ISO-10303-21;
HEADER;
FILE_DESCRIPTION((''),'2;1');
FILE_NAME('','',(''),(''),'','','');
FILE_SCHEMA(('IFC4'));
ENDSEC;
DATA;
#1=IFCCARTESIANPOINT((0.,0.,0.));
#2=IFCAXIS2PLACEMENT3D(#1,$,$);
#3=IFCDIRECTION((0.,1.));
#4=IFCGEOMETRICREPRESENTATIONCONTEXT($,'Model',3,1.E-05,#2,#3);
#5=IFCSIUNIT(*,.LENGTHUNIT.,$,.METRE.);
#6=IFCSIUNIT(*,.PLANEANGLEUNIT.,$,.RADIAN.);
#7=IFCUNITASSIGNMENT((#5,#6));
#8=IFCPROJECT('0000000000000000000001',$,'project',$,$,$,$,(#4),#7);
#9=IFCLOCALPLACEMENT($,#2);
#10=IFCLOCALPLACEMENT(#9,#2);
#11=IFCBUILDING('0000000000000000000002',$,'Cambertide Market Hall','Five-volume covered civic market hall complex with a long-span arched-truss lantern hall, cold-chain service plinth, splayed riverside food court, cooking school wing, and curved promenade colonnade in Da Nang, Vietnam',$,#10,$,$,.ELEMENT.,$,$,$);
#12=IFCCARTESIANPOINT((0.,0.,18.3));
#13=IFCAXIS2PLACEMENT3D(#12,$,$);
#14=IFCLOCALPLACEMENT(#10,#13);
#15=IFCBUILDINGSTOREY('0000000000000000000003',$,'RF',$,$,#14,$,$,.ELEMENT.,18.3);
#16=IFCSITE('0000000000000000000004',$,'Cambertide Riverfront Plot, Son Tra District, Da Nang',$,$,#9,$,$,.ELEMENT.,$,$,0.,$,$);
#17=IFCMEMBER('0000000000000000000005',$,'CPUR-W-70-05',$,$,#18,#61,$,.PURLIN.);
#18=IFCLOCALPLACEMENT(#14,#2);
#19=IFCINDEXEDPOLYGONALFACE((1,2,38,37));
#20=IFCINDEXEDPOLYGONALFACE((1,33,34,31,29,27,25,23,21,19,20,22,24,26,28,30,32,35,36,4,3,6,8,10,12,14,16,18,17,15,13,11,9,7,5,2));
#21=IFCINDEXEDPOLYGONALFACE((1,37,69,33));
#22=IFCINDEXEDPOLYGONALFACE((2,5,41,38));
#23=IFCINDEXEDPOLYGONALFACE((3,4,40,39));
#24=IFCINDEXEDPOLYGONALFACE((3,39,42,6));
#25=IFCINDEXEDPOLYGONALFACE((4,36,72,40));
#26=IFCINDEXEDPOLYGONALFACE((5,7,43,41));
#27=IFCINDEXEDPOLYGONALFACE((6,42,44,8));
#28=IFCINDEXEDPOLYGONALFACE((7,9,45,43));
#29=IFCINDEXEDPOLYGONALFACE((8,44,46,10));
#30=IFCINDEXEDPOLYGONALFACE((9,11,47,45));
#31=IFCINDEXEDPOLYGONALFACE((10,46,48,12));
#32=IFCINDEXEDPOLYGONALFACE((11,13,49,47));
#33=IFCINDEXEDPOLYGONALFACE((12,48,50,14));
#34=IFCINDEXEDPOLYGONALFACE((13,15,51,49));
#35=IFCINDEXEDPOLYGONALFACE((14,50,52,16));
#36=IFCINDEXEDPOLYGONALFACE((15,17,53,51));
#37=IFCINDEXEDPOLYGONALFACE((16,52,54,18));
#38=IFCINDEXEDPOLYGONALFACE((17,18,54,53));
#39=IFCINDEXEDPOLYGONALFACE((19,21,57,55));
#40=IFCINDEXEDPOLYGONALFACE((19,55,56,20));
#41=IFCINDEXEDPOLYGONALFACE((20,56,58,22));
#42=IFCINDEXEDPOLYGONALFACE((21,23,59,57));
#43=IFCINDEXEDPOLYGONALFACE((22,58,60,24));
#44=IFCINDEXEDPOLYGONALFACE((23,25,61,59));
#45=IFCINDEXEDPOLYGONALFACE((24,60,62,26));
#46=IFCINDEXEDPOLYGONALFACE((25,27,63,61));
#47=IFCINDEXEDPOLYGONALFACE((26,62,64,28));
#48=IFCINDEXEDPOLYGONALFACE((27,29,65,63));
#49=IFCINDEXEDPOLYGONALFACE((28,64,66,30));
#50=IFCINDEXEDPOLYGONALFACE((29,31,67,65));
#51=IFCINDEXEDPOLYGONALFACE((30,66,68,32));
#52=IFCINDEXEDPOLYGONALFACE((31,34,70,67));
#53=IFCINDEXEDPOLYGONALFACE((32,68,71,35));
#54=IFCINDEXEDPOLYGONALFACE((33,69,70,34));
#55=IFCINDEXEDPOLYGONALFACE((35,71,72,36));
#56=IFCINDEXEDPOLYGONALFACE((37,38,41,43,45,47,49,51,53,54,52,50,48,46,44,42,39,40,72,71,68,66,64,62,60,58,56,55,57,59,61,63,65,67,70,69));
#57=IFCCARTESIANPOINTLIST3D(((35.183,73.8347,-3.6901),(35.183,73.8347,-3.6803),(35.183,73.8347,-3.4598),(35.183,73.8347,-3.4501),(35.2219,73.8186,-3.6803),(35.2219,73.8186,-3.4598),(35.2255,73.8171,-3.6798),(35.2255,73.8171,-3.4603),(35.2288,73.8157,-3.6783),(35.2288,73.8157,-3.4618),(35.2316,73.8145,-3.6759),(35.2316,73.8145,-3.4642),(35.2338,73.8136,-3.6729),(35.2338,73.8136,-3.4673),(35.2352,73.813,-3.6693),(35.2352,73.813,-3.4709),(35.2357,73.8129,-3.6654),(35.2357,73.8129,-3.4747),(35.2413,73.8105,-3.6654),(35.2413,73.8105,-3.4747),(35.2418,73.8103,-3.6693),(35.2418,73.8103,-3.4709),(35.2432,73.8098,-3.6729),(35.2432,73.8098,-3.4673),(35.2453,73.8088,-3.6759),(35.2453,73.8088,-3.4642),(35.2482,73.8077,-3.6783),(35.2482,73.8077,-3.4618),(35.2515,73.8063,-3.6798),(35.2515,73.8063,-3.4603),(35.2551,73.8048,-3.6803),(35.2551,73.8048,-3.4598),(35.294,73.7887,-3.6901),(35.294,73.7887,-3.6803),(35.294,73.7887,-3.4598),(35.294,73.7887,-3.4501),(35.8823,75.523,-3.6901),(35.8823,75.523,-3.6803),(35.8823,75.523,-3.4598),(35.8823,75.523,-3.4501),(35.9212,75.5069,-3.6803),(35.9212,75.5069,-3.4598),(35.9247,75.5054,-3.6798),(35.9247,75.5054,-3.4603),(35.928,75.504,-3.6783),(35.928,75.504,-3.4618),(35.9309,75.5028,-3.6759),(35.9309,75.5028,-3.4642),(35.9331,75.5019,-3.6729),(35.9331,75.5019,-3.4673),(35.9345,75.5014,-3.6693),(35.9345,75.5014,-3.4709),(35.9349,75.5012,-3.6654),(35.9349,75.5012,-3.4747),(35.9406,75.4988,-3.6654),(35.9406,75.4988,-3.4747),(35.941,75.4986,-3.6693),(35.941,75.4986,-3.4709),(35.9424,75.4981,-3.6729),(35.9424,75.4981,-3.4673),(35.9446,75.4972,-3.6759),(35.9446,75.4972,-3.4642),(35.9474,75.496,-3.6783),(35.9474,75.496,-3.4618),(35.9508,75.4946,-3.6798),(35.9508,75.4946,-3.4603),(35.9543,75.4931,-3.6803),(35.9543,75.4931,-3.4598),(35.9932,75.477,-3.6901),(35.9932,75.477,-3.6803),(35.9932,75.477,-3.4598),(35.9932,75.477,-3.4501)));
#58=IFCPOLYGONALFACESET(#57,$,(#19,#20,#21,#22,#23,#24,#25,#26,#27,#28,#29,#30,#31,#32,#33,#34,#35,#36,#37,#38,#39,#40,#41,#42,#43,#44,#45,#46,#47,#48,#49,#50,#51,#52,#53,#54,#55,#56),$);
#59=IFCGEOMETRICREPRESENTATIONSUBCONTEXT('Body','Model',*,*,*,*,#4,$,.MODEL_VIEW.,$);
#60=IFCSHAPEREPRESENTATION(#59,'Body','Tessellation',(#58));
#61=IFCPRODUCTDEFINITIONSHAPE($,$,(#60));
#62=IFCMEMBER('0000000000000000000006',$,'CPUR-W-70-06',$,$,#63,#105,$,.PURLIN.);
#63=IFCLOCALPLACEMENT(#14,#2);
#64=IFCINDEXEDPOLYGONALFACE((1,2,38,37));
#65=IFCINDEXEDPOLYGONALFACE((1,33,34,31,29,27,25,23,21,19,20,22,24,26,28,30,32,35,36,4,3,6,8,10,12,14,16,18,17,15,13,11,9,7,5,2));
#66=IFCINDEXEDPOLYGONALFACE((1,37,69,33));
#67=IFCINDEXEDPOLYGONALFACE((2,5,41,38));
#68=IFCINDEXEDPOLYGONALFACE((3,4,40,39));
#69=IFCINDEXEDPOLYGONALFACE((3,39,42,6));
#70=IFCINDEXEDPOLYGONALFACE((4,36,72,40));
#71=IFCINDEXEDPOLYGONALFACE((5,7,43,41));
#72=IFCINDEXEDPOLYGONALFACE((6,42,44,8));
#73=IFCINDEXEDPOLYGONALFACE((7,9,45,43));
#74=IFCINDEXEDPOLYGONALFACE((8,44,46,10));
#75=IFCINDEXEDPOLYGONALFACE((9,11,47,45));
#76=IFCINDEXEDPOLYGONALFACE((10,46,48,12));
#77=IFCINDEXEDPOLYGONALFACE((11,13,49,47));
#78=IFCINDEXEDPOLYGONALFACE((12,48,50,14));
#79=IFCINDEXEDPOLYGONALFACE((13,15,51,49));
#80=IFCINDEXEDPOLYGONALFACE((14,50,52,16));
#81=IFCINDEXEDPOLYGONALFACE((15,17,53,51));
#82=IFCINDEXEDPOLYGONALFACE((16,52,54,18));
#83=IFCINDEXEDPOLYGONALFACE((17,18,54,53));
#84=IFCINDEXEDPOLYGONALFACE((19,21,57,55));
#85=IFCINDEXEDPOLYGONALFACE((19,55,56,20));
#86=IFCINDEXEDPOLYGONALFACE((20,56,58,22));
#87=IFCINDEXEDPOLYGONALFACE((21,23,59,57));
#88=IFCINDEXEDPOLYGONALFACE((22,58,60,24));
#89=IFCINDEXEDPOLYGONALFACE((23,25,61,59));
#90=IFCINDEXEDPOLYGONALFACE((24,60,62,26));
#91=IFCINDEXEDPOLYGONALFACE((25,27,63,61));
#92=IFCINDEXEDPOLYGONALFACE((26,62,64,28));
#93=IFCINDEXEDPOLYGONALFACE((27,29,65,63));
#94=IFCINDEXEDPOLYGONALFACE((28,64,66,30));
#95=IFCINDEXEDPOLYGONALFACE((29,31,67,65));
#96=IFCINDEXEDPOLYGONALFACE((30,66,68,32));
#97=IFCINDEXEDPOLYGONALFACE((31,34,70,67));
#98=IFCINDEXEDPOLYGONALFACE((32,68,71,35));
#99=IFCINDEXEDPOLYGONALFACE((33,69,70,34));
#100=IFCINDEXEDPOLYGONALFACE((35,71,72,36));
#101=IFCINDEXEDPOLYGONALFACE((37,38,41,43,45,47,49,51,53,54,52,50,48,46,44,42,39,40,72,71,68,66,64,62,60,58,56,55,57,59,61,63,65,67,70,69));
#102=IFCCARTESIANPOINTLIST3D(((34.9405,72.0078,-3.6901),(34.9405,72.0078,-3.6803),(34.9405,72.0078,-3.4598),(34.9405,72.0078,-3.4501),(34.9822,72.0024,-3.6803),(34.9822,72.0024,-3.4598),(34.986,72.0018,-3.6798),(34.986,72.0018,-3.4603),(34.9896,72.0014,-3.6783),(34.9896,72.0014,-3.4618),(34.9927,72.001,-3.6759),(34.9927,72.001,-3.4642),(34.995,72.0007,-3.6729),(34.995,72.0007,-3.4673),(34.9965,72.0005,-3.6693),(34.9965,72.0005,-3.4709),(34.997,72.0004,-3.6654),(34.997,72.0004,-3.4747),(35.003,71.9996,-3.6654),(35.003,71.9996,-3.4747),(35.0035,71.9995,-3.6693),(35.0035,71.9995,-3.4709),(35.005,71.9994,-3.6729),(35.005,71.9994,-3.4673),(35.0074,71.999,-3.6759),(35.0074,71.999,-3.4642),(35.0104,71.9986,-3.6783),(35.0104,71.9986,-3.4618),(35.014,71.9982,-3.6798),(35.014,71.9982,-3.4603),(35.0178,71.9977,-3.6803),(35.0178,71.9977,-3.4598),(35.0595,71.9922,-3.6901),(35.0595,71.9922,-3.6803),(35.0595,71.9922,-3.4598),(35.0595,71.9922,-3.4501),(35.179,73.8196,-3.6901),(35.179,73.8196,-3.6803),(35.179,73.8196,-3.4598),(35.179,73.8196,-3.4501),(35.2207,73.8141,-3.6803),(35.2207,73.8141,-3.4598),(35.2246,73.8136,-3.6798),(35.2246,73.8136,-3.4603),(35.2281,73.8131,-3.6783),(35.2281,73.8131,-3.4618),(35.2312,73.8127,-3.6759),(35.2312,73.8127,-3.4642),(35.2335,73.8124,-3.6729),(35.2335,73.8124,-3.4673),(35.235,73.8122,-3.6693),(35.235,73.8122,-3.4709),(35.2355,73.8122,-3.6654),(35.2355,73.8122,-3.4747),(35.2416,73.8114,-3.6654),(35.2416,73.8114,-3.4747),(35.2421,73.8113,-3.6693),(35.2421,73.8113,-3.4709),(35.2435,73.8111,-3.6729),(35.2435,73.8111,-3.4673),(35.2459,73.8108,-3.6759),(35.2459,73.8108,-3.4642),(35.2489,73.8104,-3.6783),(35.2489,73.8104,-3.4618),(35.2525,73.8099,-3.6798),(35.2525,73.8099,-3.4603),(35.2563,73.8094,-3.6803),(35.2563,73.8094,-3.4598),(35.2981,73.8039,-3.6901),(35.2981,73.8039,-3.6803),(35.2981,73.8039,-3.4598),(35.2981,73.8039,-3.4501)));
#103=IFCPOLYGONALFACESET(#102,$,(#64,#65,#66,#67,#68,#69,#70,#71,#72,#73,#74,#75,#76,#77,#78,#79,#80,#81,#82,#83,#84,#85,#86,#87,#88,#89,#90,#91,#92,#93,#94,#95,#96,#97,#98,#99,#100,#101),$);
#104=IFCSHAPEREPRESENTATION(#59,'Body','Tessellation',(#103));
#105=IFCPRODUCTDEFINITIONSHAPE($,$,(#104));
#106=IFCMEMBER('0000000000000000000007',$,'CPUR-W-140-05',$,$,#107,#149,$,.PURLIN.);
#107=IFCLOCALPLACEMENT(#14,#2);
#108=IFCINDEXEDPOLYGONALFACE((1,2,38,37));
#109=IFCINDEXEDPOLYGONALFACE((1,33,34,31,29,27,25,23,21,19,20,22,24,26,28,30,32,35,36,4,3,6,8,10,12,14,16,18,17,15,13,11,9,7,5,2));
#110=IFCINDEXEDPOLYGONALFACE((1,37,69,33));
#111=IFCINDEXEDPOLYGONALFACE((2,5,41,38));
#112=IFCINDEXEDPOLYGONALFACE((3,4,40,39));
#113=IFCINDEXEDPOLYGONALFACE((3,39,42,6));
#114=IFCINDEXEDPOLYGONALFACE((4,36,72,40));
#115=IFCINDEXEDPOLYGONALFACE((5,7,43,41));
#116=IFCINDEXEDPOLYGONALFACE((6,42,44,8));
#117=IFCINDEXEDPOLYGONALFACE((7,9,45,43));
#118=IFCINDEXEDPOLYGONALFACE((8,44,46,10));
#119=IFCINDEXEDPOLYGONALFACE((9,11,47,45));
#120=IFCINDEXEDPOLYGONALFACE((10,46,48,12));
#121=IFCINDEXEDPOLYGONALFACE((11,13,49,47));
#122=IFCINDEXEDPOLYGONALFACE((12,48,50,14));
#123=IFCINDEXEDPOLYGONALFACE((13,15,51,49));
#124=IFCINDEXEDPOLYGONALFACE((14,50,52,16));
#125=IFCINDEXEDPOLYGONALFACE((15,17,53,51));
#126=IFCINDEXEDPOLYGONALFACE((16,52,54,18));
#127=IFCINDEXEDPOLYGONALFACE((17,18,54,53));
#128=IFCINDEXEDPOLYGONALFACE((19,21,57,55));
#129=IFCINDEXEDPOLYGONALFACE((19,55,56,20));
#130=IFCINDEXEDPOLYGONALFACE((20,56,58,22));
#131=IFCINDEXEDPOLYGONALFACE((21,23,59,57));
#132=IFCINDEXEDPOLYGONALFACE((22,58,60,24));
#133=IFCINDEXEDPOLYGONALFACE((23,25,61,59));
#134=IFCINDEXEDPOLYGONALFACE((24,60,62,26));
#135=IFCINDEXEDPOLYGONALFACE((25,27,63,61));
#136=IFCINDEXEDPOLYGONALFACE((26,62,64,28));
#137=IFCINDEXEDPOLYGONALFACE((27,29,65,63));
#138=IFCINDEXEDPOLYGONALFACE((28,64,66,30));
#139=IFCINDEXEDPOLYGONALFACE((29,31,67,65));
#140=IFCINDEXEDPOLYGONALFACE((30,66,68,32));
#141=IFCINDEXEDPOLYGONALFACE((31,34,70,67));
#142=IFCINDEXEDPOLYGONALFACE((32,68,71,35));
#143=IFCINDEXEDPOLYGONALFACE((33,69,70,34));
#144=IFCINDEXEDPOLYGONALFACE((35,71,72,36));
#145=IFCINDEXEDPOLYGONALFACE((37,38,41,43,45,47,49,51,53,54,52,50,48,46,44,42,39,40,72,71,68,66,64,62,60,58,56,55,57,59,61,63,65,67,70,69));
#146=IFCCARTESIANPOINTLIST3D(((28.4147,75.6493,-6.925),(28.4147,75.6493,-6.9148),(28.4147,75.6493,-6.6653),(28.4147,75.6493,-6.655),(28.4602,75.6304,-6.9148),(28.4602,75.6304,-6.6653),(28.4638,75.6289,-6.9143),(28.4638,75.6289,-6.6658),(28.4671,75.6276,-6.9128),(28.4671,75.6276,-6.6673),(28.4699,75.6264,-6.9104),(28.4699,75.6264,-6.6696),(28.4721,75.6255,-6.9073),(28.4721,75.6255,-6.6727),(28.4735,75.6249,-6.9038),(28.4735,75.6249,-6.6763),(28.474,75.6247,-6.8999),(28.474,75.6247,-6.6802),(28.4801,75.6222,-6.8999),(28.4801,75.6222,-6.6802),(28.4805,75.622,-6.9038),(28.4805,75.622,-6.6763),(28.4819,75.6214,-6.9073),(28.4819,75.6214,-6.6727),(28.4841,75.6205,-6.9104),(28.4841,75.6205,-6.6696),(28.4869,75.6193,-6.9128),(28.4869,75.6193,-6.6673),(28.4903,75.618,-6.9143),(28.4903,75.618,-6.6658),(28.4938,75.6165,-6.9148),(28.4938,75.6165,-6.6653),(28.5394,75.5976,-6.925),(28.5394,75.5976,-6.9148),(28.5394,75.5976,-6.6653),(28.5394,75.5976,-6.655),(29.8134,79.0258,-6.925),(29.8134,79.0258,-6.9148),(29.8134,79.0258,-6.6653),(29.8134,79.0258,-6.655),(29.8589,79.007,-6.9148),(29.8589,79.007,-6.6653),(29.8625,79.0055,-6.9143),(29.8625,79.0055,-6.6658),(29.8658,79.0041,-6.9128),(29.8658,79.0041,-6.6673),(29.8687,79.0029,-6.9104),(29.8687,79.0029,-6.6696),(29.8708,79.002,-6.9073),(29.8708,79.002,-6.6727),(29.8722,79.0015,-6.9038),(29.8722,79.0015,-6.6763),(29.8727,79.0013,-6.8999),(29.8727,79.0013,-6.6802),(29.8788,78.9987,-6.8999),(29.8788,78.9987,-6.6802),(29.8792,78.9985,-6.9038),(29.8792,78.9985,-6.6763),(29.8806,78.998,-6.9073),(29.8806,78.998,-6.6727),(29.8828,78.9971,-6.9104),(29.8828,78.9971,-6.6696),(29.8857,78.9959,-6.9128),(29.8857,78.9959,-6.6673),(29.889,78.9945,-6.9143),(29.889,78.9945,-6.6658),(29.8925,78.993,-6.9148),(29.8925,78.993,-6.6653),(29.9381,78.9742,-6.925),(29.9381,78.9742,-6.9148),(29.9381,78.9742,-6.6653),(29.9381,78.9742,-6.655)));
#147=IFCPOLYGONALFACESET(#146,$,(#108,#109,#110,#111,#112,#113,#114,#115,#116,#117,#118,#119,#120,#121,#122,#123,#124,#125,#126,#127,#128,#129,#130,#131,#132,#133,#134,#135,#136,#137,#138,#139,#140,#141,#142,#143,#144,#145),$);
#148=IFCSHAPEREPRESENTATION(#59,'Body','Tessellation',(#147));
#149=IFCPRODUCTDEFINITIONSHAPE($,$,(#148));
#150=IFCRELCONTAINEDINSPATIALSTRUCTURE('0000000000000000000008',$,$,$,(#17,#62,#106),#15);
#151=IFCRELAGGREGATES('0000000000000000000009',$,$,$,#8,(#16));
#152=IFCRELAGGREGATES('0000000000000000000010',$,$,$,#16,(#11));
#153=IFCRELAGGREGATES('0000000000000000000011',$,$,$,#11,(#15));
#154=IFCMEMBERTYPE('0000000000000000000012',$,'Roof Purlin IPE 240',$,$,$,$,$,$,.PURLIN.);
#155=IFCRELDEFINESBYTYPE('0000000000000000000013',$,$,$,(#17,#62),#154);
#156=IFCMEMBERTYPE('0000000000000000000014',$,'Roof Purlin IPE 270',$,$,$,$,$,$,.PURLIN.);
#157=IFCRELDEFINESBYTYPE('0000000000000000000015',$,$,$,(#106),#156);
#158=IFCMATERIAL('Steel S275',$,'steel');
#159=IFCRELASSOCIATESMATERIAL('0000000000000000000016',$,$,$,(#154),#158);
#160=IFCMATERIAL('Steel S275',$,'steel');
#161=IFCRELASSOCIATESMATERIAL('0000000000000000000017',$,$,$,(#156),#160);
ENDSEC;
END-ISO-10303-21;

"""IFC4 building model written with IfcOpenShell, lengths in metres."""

from ifc_helpers import new_model, si_unit, direction, frame, origin, origin_2d, place, context, subcontext, project, spatial, i_section, extrude, material, material_profile, profile_set, type_object, element, save


model = new_model("IFC4")

# Units and contexts
model_context = context("Model", 3, precision=1e-05, world=origin(), true_north=direction((0.0, 1.0)))
body_context = subcontext(model_context, "Body", "Model", "MODEL_VIEW")
ifc_project = project(units=[si_unit("LENGTHUNIT", "METRE"), si_unit("PLANEANGLEUNIT", "RADIAN")], contexts=[model_context])

# Site, building, storey
site_placement = place(None, origin())
site = spatial("IfcSite", under=ifc_project, at=site_placement, Name="Cambertide Riverfront Plot, Son Tra District, Da Nang", CompositionType="ELEMENT", RefElevation=0.0)
building_placement = place(site_placement, origin())
building = spatial("IfcBuilding", under=site, at=building_placement, Name="Cambertide Market Hall", Description="Five-volume covered civic market hall complex with a long-span arched-truss lantern hall, cold-chain service plinth, splayed riverside food court, cooking school wing, and curved promenade colonnade in Da Nang, Vietnam", CompositionType="ELEMENT")
storey_placement = place(building_placement, frame((0.0, 0.0, 18.3)))
storey = spatial("IfcBuildingStorey", under=building, at=storey_placement, Name="RF", CompositionType="ELEMENT", Elevation=18.3)

# Members
ifc_material_1 = material(Name="Steel S275", Category="steel")
ifc_material_profile_1 = material_profile(ifc_material_1, i_section(OverallWidth=0.1201, OverallDepth=0.24, WebThickness=0.0061, FlangeThickness=0.0098, FilletRadius=0.0149, at=origin_2d()), Name="IPE 240")
ifc_profile_set_1 = profile_set([ifc_material_profile_1], Name="Steel S275")
member_type_1 = type_object("IfcMemberType", Name="Roof Purlin IPE 240", PredefinedType="PURLIN", material=ifc_profile_set_1)
for number, where, z_axis, x_axis, name in (
    (1, (35.9377, 75.5, -3.5701), (-0.382651, -0.923893, 0.0), (0.923893, -0.382651, 0.0), "CPUR-W-70-05"),
    (2, (35.2385, 73.8118, -3.5701), (-0.130527, -0.991445, 0.0), (0.991445, -0.130527, 0.0), "CPUR-W-70-06"),
):
    element("IfcMember", number, at=place(storey_placement, frame(where, z_axis=z_axis, x_axis=x_axis)), inside=storey, type_object=member_type_1, Name=name, PredefinedType="PURLIN", context=body_context, shape_type="SweptSolid", body=[
        extrude(i_section(OverallWidth=0.1201, OverallDepth=0.24, WebThickness=0.0061, FlangeThickness=0.0098, FilletRadius=0.0149, at=origin_2d()), origin(), (0.0, 0.0, 1.0), 1.8274),
    ])
ifc_material_2 = material(Name="Steel S275", Category="steel")
ifc_material_profile_2 = material_profile(ifc_material_2, i_section(OverallWidth=0.135, OverallDepth=0.27, WebThickness=0.0066, FlangeThickness=0.0103, FilletRadius=0.0149, at=origin_2d()), Name="IPE 270")
ifc_profile_set_2 = profile_set([ifc_material_profile_2], Name="Steel S275")
member_type_2 = type_object("IfcMemberType", Name="Roof Purlin IPE 270", PredefinedType="PURLIN", material=ifc_profile_set_2)
member_1_placement = place(storey_placement, frame((29.8757, 79.0, -6.79), z_axis=(-0.382708, -0.923869, 0.0), x_axis=(0.923869, -0.382708, 0.0)))
element("IfcMember", 3, at=member_1_placement, inside=storey, type_object=member_type_2, Name="CPUR-W-140-05", PredefinedType="PURLIN", context=body_context, shape_type="SweptSolid", body=[
    extrude(i_section(OverallWidth=0.135, OverallDepth=0.27, WebThickness=0.0066, FlangeThickness=0.0103, FilletRadius=0.0149, at=origin_2d()), origin(), (0.0, 0.0, 1.0), 3.6548),
])

save(model, "model.ifc")
